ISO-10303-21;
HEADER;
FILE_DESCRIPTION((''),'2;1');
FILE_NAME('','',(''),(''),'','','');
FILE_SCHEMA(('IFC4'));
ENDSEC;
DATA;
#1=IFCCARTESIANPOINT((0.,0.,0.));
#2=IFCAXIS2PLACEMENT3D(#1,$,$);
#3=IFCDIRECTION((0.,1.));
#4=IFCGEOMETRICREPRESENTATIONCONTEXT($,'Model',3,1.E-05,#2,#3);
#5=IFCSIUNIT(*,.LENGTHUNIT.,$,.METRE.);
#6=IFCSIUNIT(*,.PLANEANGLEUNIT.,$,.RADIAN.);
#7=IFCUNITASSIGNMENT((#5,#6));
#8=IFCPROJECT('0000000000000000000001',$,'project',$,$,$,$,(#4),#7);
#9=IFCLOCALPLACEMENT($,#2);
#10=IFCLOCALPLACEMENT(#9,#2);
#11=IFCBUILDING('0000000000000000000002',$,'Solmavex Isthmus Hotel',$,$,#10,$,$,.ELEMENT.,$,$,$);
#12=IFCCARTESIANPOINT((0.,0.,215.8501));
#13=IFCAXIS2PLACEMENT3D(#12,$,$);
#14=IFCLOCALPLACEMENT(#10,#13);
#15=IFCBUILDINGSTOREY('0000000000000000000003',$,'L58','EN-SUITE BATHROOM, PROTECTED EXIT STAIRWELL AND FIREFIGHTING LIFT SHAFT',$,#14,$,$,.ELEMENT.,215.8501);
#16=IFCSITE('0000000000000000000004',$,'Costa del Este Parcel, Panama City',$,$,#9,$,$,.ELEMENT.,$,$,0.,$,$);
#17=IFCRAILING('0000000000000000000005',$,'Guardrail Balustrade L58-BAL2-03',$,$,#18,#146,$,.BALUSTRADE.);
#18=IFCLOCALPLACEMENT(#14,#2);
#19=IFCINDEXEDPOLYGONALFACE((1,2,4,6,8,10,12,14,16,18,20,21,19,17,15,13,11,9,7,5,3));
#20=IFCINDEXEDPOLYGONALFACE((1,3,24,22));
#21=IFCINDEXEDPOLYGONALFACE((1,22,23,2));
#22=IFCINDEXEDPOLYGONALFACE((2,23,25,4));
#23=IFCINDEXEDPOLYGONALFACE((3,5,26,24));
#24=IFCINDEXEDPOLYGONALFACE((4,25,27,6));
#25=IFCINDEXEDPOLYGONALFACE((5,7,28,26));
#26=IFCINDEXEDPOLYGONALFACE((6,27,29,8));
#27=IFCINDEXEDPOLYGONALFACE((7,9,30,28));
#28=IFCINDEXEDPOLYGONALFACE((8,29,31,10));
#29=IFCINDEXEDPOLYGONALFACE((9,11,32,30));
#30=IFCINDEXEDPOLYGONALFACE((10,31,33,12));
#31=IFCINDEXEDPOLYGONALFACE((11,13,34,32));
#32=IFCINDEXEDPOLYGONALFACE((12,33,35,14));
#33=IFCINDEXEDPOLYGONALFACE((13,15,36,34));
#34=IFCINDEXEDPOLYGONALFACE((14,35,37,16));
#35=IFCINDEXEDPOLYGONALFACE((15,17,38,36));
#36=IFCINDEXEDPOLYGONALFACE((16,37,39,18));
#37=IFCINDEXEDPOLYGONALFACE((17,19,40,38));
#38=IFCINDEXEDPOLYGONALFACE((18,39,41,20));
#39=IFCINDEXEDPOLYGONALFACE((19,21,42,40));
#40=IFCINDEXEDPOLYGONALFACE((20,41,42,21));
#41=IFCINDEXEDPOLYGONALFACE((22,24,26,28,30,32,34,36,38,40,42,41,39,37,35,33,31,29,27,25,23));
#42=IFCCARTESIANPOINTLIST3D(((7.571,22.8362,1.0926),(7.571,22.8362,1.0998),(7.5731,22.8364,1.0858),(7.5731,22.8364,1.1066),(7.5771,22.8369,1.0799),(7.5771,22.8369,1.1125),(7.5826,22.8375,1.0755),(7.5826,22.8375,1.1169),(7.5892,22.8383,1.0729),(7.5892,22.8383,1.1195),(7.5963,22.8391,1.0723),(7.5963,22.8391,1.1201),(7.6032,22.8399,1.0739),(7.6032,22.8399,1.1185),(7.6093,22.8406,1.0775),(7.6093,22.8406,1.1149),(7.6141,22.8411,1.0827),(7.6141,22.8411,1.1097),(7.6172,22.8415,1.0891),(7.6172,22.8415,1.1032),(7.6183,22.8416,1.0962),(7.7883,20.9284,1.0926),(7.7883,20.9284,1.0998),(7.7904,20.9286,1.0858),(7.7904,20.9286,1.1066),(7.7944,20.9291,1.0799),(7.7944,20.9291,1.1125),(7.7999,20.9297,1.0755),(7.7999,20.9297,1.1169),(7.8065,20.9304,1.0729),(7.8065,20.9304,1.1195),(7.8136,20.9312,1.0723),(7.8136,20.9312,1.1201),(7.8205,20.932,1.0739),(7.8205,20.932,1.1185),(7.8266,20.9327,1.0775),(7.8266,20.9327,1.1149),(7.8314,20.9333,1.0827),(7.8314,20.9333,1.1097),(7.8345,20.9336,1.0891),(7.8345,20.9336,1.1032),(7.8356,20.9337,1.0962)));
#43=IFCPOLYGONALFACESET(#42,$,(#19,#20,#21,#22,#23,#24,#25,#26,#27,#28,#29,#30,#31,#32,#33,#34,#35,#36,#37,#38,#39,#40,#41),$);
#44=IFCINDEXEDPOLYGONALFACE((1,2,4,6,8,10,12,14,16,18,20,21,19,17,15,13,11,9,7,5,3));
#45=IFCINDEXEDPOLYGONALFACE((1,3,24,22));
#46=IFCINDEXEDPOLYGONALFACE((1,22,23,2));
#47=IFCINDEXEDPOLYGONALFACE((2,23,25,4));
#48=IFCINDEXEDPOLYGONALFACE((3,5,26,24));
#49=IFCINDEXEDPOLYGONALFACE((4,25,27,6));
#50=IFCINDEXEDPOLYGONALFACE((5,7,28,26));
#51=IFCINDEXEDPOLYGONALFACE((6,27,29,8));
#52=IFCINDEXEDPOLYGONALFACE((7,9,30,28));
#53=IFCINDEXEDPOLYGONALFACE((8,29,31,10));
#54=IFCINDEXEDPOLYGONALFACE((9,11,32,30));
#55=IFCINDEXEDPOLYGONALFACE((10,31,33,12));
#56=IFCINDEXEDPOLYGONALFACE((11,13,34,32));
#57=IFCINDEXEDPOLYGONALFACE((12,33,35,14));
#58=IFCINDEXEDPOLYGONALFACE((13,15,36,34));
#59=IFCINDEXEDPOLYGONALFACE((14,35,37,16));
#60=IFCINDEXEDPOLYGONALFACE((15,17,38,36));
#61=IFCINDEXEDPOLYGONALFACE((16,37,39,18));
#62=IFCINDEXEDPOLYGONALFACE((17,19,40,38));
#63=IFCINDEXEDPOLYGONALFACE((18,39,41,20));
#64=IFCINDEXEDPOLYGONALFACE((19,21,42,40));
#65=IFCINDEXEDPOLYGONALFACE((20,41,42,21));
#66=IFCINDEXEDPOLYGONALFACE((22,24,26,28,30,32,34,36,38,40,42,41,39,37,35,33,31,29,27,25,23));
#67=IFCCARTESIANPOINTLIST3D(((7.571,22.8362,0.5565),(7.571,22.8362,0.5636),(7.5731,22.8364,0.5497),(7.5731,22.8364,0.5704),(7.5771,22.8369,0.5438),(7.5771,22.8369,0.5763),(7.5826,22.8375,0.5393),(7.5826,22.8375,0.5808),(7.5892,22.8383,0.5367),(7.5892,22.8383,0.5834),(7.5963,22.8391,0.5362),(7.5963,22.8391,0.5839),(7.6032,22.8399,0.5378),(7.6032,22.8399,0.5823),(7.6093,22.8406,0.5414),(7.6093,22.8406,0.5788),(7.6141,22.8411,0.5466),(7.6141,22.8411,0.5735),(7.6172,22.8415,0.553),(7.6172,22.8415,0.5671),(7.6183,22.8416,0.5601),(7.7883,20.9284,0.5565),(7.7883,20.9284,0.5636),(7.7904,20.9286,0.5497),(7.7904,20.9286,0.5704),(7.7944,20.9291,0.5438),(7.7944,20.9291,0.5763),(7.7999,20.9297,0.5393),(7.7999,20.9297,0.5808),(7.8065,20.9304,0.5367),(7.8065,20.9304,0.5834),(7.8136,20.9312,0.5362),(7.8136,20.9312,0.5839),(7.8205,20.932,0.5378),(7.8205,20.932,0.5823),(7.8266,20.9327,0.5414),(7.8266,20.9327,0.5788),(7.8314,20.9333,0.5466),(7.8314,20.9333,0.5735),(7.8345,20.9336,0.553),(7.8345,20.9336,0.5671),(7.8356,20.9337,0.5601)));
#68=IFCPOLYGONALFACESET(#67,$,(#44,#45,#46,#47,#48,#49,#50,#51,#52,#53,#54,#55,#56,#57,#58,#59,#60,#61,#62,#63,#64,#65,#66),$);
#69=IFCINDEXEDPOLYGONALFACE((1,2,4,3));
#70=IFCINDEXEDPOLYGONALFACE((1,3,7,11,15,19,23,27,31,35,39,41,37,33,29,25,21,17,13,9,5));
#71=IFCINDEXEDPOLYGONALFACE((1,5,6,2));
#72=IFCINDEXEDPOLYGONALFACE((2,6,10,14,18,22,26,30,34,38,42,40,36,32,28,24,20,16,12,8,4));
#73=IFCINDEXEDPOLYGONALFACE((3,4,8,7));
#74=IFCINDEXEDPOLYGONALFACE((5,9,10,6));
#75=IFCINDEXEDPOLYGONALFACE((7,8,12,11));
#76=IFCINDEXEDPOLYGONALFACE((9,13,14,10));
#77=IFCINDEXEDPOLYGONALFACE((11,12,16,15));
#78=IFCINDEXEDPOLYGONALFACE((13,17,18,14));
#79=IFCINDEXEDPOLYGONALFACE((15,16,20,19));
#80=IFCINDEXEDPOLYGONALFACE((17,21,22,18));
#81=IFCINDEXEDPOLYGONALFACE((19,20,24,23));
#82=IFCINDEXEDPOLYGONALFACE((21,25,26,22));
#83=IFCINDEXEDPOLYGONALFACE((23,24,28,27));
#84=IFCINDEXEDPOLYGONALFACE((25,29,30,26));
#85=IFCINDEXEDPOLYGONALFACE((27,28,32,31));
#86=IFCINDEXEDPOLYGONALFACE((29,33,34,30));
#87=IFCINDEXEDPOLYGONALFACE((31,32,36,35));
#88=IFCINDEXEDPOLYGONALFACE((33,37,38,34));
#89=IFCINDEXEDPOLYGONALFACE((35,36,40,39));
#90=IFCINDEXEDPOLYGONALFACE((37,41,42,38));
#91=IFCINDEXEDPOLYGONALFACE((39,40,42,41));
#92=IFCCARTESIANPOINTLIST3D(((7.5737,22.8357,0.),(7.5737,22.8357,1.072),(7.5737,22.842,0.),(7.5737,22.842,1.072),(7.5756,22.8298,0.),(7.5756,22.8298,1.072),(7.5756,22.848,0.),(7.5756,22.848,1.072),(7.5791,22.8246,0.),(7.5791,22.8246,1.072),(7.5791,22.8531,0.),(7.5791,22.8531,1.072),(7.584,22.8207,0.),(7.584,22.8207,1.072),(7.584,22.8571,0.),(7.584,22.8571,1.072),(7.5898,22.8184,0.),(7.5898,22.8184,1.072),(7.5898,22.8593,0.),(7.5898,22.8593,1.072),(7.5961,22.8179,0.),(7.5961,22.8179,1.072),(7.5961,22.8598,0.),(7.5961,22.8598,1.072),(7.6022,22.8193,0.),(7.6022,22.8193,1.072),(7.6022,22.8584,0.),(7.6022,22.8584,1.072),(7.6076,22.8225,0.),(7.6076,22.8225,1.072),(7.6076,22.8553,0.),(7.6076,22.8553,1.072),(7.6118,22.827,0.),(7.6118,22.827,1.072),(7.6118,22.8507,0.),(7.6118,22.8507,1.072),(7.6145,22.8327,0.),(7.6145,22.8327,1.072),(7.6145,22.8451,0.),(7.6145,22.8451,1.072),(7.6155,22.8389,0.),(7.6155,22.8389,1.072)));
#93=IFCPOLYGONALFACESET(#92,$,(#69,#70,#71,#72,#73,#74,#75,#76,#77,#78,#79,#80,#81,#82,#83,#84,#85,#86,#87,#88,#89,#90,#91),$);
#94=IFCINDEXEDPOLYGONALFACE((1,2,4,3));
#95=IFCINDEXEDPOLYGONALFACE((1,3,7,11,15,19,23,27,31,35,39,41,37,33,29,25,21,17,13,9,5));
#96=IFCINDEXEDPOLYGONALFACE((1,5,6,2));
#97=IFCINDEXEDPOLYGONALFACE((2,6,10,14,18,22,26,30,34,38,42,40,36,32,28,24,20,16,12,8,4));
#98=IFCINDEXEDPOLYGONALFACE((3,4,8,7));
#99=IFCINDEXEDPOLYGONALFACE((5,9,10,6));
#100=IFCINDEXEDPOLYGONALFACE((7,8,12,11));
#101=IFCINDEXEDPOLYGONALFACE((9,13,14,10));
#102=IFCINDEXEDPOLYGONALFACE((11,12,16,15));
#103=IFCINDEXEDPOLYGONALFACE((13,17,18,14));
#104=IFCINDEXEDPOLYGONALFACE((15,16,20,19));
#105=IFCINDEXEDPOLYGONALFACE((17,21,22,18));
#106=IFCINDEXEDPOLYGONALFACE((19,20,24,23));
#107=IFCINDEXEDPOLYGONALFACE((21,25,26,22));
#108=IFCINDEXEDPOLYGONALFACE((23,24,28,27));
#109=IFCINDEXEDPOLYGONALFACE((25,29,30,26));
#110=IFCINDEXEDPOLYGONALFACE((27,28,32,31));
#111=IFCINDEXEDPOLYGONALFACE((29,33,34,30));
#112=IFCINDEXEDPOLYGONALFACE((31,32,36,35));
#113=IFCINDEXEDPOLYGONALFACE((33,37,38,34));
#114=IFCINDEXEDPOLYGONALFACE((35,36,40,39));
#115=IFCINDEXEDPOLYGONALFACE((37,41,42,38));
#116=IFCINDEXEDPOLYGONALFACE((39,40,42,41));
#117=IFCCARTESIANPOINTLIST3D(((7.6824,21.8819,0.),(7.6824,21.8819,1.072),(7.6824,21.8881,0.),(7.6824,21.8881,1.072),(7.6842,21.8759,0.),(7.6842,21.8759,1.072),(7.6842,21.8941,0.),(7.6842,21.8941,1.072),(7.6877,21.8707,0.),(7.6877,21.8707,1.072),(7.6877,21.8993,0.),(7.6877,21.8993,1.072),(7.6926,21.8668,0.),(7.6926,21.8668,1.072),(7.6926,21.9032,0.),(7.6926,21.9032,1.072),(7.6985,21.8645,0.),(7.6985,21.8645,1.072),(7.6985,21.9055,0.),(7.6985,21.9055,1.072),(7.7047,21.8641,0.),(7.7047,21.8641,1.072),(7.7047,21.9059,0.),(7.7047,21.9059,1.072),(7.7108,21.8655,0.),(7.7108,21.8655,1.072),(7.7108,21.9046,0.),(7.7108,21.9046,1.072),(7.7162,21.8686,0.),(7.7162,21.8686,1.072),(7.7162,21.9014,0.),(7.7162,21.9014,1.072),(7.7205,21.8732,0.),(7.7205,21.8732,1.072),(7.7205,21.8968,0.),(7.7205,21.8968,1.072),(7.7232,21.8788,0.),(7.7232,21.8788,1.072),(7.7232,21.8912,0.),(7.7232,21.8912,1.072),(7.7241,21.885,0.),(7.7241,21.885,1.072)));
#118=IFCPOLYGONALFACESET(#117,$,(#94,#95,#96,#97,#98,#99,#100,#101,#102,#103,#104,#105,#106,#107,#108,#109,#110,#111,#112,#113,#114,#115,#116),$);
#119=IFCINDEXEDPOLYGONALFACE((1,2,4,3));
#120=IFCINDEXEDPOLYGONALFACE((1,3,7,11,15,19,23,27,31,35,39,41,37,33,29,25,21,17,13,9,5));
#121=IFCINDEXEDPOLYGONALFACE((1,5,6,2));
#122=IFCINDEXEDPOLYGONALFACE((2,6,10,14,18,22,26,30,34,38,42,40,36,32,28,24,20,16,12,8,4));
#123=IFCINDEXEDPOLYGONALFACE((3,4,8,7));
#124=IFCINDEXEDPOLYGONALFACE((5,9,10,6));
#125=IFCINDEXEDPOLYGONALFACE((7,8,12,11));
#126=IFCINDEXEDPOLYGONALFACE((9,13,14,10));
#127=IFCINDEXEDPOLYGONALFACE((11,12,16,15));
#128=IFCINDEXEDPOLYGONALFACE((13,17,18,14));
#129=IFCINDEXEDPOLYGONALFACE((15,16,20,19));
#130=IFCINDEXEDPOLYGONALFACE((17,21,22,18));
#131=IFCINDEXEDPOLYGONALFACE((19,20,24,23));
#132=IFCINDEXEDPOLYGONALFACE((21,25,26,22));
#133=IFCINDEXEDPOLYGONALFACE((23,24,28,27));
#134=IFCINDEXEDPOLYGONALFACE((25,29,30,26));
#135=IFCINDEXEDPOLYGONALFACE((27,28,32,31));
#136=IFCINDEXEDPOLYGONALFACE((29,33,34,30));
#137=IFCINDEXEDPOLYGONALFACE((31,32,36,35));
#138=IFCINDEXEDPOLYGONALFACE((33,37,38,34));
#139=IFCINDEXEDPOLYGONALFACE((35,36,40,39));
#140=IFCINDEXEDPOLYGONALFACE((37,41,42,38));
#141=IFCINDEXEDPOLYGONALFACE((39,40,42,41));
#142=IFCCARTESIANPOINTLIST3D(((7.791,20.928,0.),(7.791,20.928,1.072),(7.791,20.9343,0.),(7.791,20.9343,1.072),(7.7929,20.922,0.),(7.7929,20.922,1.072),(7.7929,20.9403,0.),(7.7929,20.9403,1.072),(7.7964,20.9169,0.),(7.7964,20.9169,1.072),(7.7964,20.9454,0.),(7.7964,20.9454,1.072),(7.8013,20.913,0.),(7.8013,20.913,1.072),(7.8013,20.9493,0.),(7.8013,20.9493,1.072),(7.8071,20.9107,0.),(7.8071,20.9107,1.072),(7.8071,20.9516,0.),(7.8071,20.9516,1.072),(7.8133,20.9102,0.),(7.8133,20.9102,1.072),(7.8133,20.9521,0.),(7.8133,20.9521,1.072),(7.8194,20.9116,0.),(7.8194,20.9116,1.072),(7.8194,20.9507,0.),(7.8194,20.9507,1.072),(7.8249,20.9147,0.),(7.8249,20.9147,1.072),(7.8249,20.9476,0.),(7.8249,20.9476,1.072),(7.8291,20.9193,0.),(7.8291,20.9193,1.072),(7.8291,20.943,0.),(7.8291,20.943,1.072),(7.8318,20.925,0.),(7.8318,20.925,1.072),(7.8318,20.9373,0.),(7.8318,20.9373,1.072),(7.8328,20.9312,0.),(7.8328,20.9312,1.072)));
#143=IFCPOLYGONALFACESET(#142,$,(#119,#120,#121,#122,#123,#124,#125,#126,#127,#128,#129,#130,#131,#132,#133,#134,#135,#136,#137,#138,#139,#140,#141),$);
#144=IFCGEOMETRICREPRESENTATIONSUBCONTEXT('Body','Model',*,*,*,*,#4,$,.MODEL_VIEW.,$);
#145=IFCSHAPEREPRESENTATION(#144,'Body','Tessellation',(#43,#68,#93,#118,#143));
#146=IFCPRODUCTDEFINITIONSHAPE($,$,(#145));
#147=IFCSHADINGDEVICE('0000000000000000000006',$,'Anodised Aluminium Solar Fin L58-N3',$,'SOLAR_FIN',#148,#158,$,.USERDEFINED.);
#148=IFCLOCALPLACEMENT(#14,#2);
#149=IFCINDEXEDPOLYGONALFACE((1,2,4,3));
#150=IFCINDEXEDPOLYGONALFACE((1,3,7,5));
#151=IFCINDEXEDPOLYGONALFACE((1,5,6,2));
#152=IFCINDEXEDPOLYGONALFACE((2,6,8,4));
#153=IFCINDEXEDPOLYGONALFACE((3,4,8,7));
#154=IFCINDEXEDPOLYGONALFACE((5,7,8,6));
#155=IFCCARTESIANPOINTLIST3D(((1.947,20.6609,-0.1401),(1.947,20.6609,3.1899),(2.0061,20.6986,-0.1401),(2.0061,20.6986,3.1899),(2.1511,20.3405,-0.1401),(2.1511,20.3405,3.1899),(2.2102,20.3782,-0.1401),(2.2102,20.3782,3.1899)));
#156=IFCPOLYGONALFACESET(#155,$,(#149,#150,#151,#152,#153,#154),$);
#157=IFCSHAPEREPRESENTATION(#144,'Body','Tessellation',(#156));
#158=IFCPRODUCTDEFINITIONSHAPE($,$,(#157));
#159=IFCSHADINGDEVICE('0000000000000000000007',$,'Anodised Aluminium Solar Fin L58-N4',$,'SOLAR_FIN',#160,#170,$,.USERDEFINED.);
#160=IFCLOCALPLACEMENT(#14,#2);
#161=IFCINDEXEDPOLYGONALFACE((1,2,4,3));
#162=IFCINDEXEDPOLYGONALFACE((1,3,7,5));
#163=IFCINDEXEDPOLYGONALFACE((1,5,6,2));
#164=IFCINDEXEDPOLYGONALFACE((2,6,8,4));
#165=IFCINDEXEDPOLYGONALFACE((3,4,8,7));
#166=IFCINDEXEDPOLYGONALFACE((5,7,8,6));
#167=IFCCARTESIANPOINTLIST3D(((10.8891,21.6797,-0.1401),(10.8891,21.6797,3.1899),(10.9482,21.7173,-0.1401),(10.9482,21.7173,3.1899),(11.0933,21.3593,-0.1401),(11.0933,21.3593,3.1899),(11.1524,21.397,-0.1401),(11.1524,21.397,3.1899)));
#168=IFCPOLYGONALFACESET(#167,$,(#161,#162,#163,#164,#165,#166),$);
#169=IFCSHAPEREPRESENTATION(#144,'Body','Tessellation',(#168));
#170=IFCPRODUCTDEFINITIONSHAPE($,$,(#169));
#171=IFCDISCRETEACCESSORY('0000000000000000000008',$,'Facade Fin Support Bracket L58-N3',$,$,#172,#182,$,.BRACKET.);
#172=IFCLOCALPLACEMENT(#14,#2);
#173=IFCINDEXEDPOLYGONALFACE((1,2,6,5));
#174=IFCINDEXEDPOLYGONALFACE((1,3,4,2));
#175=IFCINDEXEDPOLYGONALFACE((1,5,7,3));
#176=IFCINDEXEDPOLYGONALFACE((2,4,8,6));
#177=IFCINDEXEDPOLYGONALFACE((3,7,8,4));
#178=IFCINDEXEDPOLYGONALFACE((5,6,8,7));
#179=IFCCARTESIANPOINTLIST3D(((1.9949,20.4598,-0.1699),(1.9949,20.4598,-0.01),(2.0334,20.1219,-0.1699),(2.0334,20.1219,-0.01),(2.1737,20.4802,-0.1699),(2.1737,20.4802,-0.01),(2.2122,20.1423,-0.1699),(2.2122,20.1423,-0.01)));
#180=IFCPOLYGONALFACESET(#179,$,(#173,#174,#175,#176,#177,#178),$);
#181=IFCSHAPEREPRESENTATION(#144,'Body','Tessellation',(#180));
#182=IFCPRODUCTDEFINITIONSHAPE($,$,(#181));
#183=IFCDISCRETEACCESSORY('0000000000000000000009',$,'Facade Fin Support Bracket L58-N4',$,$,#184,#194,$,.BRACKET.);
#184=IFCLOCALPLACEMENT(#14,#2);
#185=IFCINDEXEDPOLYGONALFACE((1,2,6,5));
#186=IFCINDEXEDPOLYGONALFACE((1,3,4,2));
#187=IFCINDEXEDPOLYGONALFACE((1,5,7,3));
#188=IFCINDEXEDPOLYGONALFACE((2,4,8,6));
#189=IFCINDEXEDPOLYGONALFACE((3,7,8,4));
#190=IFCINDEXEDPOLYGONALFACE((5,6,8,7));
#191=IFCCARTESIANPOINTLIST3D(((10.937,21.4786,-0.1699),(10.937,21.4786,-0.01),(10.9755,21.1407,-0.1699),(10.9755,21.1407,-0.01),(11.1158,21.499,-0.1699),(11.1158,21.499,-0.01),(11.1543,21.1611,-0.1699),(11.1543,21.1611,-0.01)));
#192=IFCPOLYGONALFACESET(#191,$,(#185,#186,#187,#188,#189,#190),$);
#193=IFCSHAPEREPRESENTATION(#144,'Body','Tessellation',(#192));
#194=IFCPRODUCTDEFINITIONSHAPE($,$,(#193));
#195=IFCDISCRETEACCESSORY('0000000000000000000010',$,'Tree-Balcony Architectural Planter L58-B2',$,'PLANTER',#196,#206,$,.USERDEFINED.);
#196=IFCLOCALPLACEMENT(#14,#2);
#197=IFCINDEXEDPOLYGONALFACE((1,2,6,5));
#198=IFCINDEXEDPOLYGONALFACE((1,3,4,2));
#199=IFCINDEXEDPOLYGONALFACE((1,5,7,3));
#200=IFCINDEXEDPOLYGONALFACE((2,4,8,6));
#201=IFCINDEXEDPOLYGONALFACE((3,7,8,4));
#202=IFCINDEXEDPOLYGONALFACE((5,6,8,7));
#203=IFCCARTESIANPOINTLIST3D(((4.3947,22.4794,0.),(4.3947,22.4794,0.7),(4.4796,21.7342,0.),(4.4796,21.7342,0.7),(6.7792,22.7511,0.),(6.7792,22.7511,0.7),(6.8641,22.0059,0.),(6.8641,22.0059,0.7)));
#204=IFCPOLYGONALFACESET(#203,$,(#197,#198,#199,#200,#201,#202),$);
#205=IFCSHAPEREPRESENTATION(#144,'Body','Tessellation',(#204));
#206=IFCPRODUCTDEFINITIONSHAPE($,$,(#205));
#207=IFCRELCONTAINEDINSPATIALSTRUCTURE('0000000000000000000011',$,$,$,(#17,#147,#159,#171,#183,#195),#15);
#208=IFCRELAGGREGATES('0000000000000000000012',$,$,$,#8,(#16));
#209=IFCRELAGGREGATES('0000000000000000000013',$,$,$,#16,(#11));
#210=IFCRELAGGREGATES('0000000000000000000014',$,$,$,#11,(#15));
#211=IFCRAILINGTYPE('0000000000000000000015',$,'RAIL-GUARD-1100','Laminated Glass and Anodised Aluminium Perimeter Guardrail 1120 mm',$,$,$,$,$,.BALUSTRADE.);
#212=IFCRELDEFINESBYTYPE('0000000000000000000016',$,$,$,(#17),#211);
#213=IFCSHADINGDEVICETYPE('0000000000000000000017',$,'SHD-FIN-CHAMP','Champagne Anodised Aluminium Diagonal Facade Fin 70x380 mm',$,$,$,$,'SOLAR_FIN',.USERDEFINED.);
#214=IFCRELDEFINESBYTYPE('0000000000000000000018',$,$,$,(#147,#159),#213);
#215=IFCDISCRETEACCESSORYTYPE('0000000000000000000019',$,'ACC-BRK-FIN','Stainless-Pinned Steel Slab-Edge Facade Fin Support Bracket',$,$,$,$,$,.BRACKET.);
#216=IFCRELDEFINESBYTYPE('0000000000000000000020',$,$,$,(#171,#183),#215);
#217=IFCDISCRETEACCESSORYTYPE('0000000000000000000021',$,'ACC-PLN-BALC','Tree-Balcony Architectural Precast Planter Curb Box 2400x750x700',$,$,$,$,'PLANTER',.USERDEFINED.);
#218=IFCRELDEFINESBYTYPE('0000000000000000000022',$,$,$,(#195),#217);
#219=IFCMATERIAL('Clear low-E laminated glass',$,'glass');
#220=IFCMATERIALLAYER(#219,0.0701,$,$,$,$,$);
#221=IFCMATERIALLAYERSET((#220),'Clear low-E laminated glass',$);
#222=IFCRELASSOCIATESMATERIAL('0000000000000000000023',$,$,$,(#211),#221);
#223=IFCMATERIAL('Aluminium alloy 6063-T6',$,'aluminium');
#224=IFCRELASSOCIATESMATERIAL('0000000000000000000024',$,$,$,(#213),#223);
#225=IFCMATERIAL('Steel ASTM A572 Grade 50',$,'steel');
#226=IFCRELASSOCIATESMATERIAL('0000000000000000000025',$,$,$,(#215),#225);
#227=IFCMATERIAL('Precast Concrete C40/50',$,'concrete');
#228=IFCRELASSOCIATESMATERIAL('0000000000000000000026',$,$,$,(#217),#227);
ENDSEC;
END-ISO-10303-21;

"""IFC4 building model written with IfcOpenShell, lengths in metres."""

from ifc_helpers import new_model, si_unit, direction, frame, origin, origin_2d, place, context, subcontext, project, spatial, rectangle, circle, extrude, material, layer, layer_set, type_object, element, save


model = new_model("IFC4")

# Units and contexts
model_context = context("Model", 3, precision=1e-05, world=origin(), true_north=direction((0.0, 1.0)))
body_context = subcontext(model_context, "Body", "Model", "MODEL_VIEW")
ifc_project = project(units=[si_unit("LENGTHUNIT", "METRE"), si_unit("PLANEANGLEUNIT", "RADIAN")], contexts=[model_context])

# Site, building, storey
site_placement = place(None, origin())
site = spatial("IfcSite", under=ifc_project, at=site_placement, Name="Costa del Este Parcel, Panama City", CompositionType="ELEMENT", RefElevation=0.0)
building_placement = place(site_placement, origin())
building = spatial("IfcBuilding", under=site, at=building_placement, Name="Solmavex Isthmus Hotel", CompositionType="ELEMENT")
storey_placement = place(building_placement, frame((0.0, 0.0, 215.8501)))
storey = spatial("IfcBuildingStorey", under=building, at=storey_placement, Name="L58", Description="EN-SUITE BATHROOM, PROTECTED EXIT STAIRWELL AND FIREFIGHTING LIFT SHAFT", CompositionType="ELEMENT", Elevation=215.8501)

# Shared definitions
ifc_material_1 = material(Name="Aluminium alloy 6063-T6", Category="aluminium")

# Shared definitions
ifc_material_2 = material(Name="Clear low-E laminated glass", Category="glass")

# Shared definitions
ifc_material_3 = material(Name="Precast Concrete C40/50", Category="concrete")

# Railing
ifc_layer_1 = layer(ifc_material_2, 0.0701)
ifc_layer_set_1 = layer_set([ifc_layer_1], Name="Clear low-E laminated glass")
railing_type_1 = type_object("IfcRailingType", Name="RAIL-GUARD-1100", Description="Laminated Glass and Anodised Aluminium Perimeter Guardrail 1120 mm", PredefinedType="BALUSTRADE", material=ifc_layer_set_1)
railing_1_placement = place(storey_placement, frame((7.5945, 22.8389, 0.0)))
element("IfcRailing", 1, at=railing_1_placement, inside=storey, type_object=railing_type_1, Name="Guardrail Balustrade L58-BAL2-03", PredefinedType="BALUSTRADE", context=body_context, shape_type="SweptSolid", body=[
    extrude(circle(Radius=0.0239, at=origin_2d()), frame((0.0, 0.0, 1.0962), z_axis=(0.113166, -0.993576, 0.0), x_axis=(0.993576, 0.113166, 0.0)), (0.0, 0.0, 1.0), 1.9202),
    extrude(circle(Radius=0.0239, at=origin_2d()), frame((0.0, 0.0, 0.5601), z_axis=(0.113166, -0.993576, 0.0), x_axis=(0.993576, 0.113166, 0.0)), (0.0, 0.0, 1.0), 1.9202),
    extrude(circle(Radius=0.021, at=origin_2d()), origin(), (0.0, 0.0, 1.0), 1.072),
    extrude(circle(Radius=0.021, at=origin_2d()), frame((0.1086, -0.9539, 0.0)), (0.0, 0.0, 1.0), 1.072),
    extrude(circle(Radius=0.021, at=origin_2d()), frame((0.2173, -1.9077, 0.0)), (0.0, 0.0, 1.0), 1.072),
])

# Shading devices
shading_device_type = type_object("IfcShadingDeviceType", Name="SHD-FIN-CHAMP", Description="Champagne Anodised Aluminium Diagonal Facade Fin 70x380 mm", ElementType="SOLAR_FIN", PredefinedType="USERDEFINED", material=ifc_material_1)
for number, where, z_axis, x_axis, name in (
    (2, (2.0786, 20.5195, -0.1401), (0.0, 0.0, 1.0), (-0.5373, 0.843391, 0.0), "Anodised Aluminium Solar Fin L58-N3"),
    (3, (11.0208, 21.5383, -0.1401), (0.0, 0.0, 1.0), (-0.5373, 0.843391, 0.0), "Anodised Aluminium Solar Fin L58-N4"),
):
    element("IfcShadingDevice", number, at=place(storey_placement, frame(where, z_axis=z_axis, x_axis=x_axis)), inside=storey, type_object=shading_device_type, Name=name, ObjectType="SOLAR_FIN", PredefinedType="USERDEFINED", context=body_context, shape_type="SweptSolid", body=[
        extrude(rectangle(XDim=0.3799, YDim=0.0701, at=origin_2d()), origin(), (0.0, 0.0, 1.0), 3.3301),
    ])

# Discrete accessories
ifc_material_4 = material(Name="Steel ASTM A572 Grade 50", Category="steel")
discrete_accessory_type_1 = type_object("IfcDiscreteAccessoryType", Name="ACC-BRK-FIN", Description="Stainless-Pinned Steel Slab-Edge Facade Fin Support Bracket", PredefinedType="BRACKET", material=ifc_material_4)
for number, where, z_axis, x_axis, name in (
    (4, (2.1035, 20.301, -0.1699), (0.0, 0.0, 1.0), (-0.113203, 0.993572, 0.0), "Facade Fin Support Bracket L58-N3"),
    (5, (11.0457, 21.3198, -0.1699), (0.0, 0.0, 1.0), (-0.113203, 0.993572, 0.0), "Facade Fin Support Bracket L58-N4"),
):
    element("IfcDiscreteAccessory", number, at=place(storey_placement, frame(where, z_axis=z_axis, x_axis=x_axis)), inside=storey, type_object=discrete_accessory_type_1, Name=name, PredefinedType="BRACKET", context=body_context, shape_type="SweptSolid", body=[
        extrude(rectangle(XDim=0.3401, YDim=0.1799, at=origin_2d()), origin(), (0.0, 0.0, 1.0), 0.1599),
    ])
discrete_accessory_type_2 = type_object("IfcDiscreteAccessoryType", Name="ACC-PLN-BALC", Description="Tree-Balcony Architectural Precast Planter Curb Box 2400x750x700", ElementType="PLANTER", PredefinedType="USERDEFINED", material=ifc_material_3)
discrete_accessory_placement = place(storey_placement, frame((5.6294, 22.2427, 0.0), z_axis=(0.0, 0.0, 1.0), x_axis=(0.993572, 0.113203, 0.0)))
element("IfcDiscreteAccessory", 6, at=discrete_accessory_placement, inside=storey, type_object=discrete_accessory_type_2, Name="Tree-Balcony Architectural Planter L58-B2", ObjectType="PLANTER", PredefinedType="USERDEFINED", context=body_context, shape_type="SweptSolid", body=[
    extrude(rectangle(XDim=2.3999, YDim=0.75, at=origin_2d()), origin(), (0.0, 0.0, 1.0), 0.7),
])

save(model, "model.ifc")
